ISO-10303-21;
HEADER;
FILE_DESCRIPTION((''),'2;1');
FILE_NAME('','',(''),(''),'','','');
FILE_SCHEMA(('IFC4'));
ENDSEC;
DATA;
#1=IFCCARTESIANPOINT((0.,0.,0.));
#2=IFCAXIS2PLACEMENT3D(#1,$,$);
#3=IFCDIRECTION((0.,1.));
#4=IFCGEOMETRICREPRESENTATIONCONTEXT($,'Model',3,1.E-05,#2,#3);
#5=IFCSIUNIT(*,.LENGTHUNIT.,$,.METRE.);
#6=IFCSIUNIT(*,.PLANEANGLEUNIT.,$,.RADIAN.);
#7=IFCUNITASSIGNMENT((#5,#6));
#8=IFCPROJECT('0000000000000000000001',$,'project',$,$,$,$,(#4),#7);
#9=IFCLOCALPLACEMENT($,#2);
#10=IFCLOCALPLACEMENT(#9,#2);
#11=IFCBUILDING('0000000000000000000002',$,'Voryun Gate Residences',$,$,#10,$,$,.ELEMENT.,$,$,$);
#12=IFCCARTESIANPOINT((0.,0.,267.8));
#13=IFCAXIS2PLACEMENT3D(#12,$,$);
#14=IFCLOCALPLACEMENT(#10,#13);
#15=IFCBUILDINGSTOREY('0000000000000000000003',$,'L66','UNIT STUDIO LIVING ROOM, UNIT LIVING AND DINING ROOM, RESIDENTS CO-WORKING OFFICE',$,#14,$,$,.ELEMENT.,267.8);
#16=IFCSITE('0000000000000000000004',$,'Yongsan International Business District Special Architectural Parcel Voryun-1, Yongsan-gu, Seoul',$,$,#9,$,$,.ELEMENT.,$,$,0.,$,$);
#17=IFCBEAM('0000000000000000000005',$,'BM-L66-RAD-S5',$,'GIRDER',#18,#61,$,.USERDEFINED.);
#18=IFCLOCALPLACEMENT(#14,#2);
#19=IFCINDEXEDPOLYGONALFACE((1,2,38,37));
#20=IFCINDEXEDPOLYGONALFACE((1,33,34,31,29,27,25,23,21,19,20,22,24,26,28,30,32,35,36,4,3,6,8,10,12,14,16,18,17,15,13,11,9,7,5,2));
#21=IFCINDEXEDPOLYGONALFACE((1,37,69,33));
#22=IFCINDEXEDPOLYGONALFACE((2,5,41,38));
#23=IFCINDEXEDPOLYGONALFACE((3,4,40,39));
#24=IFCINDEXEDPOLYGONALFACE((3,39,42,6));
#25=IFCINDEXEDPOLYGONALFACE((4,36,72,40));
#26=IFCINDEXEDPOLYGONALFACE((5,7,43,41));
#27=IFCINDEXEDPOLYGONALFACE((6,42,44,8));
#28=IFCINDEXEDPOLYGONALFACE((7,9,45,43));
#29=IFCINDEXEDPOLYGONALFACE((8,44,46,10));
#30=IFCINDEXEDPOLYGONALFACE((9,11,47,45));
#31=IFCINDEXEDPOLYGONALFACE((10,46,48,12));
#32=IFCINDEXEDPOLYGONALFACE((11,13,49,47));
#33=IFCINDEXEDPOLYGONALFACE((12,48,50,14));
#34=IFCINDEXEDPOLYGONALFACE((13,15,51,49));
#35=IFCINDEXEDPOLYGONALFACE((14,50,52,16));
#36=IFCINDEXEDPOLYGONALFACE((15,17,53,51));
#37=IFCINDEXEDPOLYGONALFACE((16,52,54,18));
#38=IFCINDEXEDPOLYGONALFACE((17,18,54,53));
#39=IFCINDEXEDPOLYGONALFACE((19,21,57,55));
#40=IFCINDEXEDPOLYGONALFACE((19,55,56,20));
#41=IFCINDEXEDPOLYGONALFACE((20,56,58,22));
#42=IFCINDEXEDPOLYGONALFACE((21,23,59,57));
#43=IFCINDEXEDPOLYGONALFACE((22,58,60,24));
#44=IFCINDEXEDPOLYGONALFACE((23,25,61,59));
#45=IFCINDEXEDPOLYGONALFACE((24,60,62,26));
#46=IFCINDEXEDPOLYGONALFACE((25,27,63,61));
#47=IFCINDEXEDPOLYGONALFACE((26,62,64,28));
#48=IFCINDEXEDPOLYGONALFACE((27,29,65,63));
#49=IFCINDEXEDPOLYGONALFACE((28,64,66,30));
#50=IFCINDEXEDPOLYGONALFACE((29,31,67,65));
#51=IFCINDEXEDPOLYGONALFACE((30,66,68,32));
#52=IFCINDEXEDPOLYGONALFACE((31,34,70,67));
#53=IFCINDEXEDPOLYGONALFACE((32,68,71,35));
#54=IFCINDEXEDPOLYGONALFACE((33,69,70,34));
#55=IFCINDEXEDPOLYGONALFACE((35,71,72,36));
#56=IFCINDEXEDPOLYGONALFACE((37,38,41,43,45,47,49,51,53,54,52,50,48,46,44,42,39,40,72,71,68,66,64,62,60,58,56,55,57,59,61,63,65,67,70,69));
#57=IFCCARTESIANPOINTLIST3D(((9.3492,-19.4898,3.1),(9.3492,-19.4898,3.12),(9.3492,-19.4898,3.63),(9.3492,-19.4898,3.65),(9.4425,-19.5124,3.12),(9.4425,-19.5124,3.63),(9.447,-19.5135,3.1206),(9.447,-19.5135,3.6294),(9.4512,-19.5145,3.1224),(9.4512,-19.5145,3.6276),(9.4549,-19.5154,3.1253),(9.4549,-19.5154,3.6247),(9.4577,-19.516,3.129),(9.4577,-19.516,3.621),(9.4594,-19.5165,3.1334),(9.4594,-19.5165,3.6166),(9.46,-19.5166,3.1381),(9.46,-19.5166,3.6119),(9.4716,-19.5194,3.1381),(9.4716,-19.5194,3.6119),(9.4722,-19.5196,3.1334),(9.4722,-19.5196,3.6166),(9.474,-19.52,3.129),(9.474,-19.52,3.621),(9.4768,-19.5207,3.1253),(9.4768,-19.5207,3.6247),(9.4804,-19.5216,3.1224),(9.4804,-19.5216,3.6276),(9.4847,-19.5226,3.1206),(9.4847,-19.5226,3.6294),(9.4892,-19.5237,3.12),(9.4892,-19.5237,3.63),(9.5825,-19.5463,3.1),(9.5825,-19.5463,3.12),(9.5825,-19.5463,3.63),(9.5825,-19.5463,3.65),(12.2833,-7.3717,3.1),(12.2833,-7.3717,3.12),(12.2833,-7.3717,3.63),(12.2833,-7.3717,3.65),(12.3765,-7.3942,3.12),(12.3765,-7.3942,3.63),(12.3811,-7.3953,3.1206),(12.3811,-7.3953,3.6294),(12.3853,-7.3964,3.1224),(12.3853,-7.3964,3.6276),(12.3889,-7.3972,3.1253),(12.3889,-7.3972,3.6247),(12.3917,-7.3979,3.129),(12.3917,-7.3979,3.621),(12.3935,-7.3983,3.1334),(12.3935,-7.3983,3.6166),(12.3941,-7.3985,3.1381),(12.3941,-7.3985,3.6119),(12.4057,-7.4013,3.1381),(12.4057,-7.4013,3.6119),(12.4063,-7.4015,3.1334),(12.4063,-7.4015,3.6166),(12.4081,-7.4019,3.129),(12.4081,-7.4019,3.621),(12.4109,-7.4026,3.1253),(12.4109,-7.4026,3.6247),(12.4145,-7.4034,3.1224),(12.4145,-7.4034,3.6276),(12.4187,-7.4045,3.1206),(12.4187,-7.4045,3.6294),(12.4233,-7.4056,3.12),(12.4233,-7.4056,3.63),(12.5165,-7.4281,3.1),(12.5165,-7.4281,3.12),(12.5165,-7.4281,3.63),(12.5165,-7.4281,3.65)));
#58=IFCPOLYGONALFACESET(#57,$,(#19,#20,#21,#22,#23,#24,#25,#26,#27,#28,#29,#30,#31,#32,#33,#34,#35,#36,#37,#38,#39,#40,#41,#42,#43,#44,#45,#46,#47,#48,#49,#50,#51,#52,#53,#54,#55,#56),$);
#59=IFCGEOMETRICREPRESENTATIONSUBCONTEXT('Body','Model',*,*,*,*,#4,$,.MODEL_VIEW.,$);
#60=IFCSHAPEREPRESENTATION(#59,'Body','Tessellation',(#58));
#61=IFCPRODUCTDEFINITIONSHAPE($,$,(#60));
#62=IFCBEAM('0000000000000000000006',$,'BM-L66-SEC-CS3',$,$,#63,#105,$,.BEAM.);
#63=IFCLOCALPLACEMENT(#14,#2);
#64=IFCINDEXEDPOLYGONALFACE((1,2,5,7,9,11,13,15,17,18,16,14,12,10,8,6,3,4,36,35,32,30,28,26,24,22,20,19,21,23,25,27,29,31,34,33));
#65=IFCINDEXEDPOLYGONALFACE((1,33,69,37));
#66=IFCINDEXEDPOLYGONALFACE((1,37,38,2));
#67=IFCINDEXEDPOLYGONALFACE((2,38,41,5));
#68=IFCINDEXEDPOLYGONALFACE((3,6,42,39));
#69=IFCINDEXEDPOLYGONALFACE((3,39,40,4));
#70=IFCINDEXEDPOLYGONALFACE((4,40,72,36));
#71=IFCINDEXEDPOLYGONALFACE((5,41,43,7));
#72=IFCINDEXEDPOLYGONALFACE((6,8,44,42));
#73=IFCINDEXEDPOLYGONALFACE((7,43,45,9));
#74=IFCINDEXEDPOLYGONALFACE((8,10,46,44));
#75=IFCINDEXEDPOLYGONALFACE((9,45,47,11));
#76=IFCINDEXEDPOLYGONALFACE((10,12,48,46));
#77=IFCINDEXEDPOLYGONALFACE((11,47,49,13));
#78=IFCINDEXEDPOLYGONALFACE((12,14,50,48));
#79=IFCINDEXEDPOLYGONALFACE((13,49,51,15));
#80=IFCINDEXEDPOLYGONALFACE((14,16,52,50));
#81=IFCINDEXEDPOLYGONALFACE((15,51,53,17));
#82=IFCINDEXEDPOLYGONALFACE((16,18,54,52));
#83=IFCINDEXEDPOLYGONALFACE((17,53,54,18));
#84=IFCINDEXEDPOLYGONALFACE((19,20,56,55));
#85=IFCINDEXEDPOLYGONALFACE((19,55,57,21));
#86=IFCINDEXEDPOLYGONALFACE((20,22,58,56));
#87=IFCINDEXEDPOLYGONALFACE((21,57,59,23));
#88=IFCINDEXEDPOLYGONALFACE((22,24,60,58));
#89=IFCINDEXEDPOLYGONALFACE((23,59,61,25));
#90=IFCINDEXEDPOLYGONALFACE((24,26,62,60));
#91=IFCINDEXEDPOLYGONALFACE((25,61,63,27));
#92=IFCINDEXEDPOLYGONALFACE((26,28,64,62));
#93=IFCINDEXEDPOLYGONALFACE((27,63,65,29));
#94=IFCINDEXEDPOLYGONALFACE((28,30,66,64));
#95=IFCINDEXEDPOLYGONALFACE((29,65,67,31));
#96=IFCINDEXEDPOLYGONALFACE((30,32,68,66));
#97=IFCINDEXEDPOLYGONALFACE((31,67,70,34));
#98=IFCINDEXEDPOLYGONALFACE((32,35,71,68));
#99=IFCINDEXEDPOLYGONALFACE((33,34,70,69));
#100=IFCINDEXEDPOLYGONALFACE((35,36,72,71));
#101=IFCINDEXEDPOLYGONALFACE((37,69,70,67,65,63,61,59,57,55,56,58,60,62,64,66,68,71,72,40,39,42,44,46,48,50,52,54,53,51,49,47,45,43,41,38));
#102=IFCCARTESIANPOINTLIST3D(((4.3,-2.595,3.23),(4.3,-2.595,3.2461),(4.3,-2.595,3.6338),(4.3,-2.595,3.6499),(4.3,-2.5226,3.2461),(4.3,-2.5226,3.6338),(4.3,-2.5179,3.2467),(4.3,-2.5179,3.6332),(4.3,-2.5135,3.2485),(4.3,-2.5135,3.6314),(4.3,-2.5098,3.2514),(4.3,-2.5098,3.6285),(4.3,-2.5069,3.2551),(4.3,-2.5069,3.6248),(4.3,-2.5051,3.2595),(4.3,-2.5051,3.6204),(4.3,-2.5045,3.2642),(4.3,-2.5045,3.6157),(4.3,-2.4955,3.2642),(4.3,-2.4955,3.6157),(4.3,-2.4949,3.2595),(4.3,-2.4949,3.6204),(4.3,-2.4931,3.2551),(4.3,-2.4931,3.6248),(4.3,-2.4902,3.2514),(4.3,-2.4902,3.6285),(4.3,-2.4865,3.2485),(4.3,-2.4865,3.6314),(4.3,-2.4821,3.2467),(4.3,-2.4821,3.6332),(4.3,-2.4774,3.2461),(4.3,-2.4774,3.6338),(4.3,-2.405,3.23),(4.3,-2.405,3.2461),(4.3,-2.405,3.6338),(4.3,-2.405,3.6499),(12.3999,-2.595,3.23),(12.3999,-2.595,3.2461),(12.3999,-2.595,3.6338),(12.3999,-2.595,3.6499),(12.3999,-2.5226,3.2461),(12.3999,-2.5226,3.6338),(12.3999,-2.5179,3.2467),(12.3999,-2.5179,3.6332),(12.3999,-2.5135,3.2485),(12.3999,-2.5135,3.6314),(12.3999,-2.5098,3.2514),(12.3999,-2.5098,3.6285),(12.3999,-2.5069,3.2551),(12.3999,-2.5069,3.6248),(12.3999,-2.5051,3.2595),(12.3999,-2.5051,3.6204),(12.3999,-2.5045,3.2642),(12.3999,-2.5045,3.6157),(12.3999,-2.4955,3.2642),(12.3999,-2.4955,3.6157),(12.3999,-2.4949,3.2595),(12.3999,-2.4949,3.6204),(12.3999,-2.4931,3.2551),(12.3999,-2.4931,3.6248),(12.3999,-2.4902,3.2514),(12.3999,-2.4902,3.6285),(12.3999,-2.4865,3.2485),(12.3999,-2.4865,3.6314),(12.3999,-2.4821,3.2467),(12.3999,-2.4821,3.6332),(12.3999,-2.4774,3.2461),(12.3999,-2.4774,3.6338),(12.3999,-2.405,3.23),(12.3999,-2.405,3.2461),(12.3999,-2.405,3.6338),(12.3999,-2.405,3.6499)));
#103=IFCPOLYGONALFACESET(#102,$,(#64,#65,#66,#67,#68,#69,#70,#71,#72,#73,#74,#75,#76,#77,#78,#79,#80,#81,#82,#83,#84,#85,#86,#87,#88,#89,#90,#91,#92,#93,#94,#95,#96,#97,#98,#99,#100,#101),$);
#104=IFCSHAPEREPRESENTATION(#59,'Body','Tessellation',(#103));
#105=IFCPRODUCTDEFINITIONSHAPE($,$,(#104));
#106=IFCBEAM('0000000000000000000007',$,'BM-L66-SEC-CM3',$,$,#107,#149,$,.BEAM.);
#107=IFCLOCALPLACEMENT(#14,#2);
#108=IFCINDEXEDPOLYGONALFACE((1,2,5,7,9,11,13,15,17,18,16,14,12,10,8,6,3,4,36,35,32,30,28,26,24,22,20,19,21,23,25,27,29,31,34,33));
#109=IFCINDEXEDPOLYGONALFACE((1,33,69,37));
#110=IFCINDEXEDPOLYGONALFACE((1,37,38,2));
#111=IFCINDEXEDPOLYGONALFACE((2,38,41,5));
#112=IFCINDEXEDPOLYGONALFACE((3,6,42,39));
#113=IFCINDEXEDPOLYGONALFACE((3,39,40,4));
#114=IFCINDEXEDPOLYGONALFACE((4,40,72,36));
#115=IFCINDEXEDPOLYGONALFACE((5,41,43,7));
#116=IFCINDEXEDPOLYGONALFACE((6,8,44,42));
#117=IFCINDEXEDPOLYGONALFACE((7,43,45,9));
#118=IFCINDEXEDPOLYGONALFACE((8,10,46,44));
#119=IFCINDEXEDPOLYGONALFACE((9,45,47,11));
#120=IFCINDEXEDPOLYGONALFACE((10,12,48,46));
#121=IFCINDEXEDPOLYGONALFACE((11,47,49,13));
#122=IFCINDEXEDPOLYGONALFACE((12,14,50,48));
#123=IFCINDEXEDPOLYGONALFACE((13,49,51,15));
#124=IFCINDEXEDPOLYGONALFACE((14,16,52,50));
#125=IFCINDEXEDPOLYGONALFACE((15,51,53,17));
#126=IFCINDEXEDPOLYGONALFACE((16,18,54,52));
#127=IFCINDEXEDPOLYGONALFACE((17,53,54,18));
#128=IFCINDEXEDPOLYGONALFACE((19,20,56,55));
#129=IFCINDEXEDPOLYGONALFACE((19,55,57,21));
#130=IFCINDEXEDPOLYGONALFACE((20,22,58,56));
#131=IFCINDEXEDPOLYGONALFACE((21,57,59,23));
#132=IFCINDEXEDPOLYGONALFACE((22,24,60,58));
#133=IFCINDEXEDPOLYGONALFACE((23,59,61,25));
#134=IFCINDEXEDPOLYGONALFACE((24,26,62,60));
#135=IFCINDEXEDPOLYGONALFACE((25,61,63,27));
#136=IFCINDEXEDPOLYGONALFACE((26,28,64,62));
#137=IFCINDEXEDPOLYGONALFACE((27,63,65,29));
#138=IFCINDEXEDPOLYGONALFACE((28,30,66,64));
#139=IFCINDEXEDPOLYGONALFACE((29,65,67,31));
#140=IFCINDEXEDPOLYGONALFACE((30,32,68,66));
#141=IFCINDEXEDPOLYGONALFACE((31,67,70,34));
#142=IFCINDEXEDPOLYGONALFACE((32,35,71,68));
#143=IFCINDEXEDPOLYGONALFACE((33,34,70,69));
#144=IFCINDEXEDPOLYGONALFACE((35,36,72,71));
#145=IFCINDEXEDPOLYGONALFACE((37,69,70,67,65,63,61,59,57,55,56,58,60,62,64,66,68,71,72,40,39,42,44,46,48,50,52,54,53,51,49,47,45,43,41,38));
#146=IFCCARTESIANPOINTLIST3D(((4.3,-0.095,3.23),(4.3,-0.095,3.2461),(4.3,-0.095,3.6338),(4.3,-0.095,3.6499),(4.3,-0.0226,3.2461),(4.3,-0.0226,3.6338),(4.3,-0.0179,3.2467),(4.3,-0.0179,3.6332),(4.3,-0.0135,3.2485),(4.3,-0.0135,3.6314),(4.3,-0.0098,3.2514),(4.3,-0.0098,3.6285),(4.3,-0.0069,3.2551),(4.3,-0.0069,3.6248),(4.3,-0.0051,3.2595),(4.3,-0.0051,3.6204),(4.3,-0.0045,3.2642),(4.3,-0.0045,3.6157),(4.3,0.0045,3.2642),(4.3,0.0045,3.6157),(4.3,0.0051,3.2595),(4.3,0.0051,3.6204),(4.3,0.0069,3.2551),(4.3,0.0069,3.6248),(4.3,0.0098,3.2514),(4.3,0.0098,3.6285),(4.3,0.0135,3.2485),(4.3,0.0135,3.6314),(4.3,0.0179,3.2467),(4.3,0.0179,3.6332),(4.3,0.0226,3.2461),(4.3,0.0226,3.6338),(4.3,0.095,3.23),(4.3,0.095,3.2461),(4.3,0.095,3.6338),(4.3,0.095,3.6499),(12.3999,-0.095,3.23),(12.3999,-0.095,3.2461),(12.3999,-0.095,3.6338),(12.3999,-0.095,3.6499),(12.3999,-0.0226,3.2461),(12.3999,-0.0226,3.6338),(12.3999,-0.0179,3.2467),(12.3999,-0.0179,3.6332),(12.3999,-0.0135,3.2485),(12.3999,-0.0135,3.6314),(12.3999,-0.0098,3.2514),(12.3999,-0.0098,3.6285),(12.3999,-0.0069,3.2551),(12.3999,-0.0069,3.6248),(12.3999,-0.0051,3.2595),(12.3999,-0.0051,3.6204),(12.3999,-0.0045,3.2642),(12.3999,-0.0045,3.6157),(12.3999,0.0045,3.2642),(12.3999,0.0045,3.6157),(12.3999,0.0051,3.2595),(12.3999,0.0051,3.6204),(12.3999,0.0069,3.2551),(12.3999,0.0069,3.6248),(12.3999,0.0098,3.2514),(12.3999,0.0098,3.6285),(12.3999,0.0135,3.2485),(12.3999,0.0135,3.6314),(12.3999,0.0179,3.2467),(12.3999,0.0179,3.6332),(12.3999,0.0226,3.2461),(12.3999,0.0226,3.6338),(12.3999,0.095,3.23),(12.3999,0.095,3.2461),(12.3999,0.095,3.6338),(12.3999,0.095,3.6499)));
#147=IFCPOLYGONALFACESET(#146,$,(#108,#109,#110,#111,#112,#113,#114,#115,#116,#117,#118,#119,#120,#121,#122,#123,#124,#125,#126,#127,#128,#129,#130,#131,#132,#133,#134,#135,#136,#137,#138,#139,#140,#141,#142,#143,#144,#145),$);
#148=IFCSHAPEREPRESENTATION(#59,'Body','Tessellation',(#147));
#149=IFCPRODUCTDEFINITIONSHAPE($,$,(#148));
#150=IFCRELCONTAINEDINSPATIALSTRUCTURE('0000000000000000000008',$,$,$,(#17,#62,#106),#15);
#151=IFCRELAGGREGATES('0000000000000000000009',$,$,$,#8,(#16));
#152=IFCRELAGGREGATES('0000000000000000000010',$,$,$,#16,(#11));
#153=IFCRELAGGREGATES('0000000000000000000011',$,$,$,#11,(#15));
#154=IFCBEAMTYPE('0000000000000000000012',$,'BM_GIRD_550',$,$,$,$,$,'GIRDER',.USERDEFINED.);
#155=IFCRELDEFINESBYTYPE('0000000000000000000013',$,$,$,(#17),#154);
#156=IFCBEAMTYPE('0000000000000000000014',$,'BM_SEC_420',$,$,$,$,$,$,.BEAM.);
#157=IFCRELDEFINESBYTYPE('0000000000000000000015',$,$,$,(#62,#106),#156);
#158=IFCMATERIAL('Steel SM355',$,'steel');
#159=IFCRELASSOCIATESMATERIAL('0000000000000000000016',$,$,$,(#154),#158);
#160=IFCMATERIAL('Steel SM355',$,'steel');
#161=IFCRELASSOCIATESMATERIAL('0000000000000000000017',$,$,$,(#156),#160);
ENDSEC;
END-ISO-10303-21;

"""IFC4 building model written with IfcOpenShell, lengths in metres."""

from ifc_helpers import new_model, si_unit, direction, frame, origin, origin_2d, place, context, subcontext, project, spatial, i_section, extrude, material, material_profile, profile_set, type_object, element, save


model = new_model("IFC4")

# Units and contexts
model_context = context("Model", 3, precision=1e-05, world=origin(), true_north=direction((0.0, 1.0)))
body_context = subcontext(model_context, "Body", "Model", "MODEL_VIEW")
ifc_project = project(units=[si_unit("LENGTHUNIT", "METRE"), si_unit("PLANEANGLEUNIT", "RADIAN")], contexts=[model_context])

# Site, building, storey
site_placement = place(None, origin())
site = spatial("IfcSite", under=ifc_project, at=site_placement, Name="Yongsan International Business District Special Architectural Parcel Voryun-1, Yongsan-gu, Seoul", CompositionType="ELEMENT", RefElevation=0.0)
building_placement = place(site_placement, origin())
building = spatial("IfcBuilding", under=site, at=building_placement, Name="Voryun Gate Residences", CompositionType="ELEMENT")
storey_placement = place(building_placement, frame((0.0, 0.0, 267.8)))
storey = spatial("IfcBuildingStorey", under=building, at=storey_placement, Name="L66", Description="UNIT STUDIO LIVING ROOM, UNIT LIVING AND DINING ROOM, RESIDENTS CO-WORKING OFFICE", CompositionType="ELEMENT", Elevation=267.8)

# Beams
ifc_material_1 = material(Name="Steel SM355", Category="steel")
ifc_material_profile_1 = material_profile(ifc_material_1, i_section(OverallWidth=0.24, OverallDepth=0.55, WebThickness=0.012, FlangeThickness=0.02, FilletRadius=0.0181, at=origin_2d()), Name="H-550x240x12x20")
ifc_profile_set_1 = profile_set([ifc_material_profile_1], Name="Steel SM355")
beam_type_1 = type_object("IfcBeamType", Name="BM_GIRD_550", ElementType="GIRDER", PredefinedType="USERDEFINED", material=ifc_profile_set_1)
beam_1_placement = place(storey_placement, frame((12.3999, -7.3999, 3.375), z_axis=(-0.235323, -0.971917, 0.0), x_axis=(0.971917, -0.235323, 0.0)))
element("IfcBeam", 1, at=beam_1_placement, inside=storey, type_object=beam_type_1, Name="BM-L66-RAD-S5", ObjectType="GIRDER", PredefinedType="USERDEFINED", context=body_context, shape_type="SweptSolid", body=[
    extrude(i_section(OverallWidth=0.24, OverallDepth=0.55, WebThickness=0.012, FlangeThickness=0.02, FilletRadius=0.0181, at=origin_2d()), origin(), (0.0, 0.0, 1.0), 12.4683),
])
ifc_material_2 = material(Name="Steel SM355", Category="steel")
ifc_material_profile_2 = material_profile(ifc_material_2, i_section(OverallWidth=0.1899, OverallDepth=0.4199, WebThickness=0.009, FlangeThickness=0.0161, FilletRadius=0.0181, at=origin_2d()), Name="H-420x190x9x16")
ifc_profile_set_2 = profile_set([ifc_material_profile_2], Name="Steel SM355")
beam_type_2 = type_object("IfcBeamType", Name="BM_SEC_420", PredefinedType="BEAM", material=ifc_profile_set_2)
for number, where, z_axis, x_axis, name in (
    (2, (4.3, -2.5, 3.4399), (1.0, 0.0, 0.0), (0.0, 1.0, 0.0), "BM-L66-SEC-CS3"),
    (3, (4.3, 0.0, 3.4399), (1.0, 0.0, 0.0), (0.0, 1.0, 0.0), "BM-L66-SEC-CM3"),
):
    element("IfcBeam", number, at=place(storey_placement, frame(where, z_axis=z_axis, x_axis=x_axis)), inside=storey, type_object=beam_type_2, Name=name, PredefinedType="BEAM", context=body_context, shape_type="SweptSolid", body=[
        extrude(i_section(OverallWidth=0.1899, OverallDepth=0.4199, WebThickness=0.009, FlangeThickness=0.0161, FilletRadius=0.0181, at=origin_2d()), origin(), (0.0, 0.0, 1.0), 8.0999),
    ])

save(model, "model.ifc")
